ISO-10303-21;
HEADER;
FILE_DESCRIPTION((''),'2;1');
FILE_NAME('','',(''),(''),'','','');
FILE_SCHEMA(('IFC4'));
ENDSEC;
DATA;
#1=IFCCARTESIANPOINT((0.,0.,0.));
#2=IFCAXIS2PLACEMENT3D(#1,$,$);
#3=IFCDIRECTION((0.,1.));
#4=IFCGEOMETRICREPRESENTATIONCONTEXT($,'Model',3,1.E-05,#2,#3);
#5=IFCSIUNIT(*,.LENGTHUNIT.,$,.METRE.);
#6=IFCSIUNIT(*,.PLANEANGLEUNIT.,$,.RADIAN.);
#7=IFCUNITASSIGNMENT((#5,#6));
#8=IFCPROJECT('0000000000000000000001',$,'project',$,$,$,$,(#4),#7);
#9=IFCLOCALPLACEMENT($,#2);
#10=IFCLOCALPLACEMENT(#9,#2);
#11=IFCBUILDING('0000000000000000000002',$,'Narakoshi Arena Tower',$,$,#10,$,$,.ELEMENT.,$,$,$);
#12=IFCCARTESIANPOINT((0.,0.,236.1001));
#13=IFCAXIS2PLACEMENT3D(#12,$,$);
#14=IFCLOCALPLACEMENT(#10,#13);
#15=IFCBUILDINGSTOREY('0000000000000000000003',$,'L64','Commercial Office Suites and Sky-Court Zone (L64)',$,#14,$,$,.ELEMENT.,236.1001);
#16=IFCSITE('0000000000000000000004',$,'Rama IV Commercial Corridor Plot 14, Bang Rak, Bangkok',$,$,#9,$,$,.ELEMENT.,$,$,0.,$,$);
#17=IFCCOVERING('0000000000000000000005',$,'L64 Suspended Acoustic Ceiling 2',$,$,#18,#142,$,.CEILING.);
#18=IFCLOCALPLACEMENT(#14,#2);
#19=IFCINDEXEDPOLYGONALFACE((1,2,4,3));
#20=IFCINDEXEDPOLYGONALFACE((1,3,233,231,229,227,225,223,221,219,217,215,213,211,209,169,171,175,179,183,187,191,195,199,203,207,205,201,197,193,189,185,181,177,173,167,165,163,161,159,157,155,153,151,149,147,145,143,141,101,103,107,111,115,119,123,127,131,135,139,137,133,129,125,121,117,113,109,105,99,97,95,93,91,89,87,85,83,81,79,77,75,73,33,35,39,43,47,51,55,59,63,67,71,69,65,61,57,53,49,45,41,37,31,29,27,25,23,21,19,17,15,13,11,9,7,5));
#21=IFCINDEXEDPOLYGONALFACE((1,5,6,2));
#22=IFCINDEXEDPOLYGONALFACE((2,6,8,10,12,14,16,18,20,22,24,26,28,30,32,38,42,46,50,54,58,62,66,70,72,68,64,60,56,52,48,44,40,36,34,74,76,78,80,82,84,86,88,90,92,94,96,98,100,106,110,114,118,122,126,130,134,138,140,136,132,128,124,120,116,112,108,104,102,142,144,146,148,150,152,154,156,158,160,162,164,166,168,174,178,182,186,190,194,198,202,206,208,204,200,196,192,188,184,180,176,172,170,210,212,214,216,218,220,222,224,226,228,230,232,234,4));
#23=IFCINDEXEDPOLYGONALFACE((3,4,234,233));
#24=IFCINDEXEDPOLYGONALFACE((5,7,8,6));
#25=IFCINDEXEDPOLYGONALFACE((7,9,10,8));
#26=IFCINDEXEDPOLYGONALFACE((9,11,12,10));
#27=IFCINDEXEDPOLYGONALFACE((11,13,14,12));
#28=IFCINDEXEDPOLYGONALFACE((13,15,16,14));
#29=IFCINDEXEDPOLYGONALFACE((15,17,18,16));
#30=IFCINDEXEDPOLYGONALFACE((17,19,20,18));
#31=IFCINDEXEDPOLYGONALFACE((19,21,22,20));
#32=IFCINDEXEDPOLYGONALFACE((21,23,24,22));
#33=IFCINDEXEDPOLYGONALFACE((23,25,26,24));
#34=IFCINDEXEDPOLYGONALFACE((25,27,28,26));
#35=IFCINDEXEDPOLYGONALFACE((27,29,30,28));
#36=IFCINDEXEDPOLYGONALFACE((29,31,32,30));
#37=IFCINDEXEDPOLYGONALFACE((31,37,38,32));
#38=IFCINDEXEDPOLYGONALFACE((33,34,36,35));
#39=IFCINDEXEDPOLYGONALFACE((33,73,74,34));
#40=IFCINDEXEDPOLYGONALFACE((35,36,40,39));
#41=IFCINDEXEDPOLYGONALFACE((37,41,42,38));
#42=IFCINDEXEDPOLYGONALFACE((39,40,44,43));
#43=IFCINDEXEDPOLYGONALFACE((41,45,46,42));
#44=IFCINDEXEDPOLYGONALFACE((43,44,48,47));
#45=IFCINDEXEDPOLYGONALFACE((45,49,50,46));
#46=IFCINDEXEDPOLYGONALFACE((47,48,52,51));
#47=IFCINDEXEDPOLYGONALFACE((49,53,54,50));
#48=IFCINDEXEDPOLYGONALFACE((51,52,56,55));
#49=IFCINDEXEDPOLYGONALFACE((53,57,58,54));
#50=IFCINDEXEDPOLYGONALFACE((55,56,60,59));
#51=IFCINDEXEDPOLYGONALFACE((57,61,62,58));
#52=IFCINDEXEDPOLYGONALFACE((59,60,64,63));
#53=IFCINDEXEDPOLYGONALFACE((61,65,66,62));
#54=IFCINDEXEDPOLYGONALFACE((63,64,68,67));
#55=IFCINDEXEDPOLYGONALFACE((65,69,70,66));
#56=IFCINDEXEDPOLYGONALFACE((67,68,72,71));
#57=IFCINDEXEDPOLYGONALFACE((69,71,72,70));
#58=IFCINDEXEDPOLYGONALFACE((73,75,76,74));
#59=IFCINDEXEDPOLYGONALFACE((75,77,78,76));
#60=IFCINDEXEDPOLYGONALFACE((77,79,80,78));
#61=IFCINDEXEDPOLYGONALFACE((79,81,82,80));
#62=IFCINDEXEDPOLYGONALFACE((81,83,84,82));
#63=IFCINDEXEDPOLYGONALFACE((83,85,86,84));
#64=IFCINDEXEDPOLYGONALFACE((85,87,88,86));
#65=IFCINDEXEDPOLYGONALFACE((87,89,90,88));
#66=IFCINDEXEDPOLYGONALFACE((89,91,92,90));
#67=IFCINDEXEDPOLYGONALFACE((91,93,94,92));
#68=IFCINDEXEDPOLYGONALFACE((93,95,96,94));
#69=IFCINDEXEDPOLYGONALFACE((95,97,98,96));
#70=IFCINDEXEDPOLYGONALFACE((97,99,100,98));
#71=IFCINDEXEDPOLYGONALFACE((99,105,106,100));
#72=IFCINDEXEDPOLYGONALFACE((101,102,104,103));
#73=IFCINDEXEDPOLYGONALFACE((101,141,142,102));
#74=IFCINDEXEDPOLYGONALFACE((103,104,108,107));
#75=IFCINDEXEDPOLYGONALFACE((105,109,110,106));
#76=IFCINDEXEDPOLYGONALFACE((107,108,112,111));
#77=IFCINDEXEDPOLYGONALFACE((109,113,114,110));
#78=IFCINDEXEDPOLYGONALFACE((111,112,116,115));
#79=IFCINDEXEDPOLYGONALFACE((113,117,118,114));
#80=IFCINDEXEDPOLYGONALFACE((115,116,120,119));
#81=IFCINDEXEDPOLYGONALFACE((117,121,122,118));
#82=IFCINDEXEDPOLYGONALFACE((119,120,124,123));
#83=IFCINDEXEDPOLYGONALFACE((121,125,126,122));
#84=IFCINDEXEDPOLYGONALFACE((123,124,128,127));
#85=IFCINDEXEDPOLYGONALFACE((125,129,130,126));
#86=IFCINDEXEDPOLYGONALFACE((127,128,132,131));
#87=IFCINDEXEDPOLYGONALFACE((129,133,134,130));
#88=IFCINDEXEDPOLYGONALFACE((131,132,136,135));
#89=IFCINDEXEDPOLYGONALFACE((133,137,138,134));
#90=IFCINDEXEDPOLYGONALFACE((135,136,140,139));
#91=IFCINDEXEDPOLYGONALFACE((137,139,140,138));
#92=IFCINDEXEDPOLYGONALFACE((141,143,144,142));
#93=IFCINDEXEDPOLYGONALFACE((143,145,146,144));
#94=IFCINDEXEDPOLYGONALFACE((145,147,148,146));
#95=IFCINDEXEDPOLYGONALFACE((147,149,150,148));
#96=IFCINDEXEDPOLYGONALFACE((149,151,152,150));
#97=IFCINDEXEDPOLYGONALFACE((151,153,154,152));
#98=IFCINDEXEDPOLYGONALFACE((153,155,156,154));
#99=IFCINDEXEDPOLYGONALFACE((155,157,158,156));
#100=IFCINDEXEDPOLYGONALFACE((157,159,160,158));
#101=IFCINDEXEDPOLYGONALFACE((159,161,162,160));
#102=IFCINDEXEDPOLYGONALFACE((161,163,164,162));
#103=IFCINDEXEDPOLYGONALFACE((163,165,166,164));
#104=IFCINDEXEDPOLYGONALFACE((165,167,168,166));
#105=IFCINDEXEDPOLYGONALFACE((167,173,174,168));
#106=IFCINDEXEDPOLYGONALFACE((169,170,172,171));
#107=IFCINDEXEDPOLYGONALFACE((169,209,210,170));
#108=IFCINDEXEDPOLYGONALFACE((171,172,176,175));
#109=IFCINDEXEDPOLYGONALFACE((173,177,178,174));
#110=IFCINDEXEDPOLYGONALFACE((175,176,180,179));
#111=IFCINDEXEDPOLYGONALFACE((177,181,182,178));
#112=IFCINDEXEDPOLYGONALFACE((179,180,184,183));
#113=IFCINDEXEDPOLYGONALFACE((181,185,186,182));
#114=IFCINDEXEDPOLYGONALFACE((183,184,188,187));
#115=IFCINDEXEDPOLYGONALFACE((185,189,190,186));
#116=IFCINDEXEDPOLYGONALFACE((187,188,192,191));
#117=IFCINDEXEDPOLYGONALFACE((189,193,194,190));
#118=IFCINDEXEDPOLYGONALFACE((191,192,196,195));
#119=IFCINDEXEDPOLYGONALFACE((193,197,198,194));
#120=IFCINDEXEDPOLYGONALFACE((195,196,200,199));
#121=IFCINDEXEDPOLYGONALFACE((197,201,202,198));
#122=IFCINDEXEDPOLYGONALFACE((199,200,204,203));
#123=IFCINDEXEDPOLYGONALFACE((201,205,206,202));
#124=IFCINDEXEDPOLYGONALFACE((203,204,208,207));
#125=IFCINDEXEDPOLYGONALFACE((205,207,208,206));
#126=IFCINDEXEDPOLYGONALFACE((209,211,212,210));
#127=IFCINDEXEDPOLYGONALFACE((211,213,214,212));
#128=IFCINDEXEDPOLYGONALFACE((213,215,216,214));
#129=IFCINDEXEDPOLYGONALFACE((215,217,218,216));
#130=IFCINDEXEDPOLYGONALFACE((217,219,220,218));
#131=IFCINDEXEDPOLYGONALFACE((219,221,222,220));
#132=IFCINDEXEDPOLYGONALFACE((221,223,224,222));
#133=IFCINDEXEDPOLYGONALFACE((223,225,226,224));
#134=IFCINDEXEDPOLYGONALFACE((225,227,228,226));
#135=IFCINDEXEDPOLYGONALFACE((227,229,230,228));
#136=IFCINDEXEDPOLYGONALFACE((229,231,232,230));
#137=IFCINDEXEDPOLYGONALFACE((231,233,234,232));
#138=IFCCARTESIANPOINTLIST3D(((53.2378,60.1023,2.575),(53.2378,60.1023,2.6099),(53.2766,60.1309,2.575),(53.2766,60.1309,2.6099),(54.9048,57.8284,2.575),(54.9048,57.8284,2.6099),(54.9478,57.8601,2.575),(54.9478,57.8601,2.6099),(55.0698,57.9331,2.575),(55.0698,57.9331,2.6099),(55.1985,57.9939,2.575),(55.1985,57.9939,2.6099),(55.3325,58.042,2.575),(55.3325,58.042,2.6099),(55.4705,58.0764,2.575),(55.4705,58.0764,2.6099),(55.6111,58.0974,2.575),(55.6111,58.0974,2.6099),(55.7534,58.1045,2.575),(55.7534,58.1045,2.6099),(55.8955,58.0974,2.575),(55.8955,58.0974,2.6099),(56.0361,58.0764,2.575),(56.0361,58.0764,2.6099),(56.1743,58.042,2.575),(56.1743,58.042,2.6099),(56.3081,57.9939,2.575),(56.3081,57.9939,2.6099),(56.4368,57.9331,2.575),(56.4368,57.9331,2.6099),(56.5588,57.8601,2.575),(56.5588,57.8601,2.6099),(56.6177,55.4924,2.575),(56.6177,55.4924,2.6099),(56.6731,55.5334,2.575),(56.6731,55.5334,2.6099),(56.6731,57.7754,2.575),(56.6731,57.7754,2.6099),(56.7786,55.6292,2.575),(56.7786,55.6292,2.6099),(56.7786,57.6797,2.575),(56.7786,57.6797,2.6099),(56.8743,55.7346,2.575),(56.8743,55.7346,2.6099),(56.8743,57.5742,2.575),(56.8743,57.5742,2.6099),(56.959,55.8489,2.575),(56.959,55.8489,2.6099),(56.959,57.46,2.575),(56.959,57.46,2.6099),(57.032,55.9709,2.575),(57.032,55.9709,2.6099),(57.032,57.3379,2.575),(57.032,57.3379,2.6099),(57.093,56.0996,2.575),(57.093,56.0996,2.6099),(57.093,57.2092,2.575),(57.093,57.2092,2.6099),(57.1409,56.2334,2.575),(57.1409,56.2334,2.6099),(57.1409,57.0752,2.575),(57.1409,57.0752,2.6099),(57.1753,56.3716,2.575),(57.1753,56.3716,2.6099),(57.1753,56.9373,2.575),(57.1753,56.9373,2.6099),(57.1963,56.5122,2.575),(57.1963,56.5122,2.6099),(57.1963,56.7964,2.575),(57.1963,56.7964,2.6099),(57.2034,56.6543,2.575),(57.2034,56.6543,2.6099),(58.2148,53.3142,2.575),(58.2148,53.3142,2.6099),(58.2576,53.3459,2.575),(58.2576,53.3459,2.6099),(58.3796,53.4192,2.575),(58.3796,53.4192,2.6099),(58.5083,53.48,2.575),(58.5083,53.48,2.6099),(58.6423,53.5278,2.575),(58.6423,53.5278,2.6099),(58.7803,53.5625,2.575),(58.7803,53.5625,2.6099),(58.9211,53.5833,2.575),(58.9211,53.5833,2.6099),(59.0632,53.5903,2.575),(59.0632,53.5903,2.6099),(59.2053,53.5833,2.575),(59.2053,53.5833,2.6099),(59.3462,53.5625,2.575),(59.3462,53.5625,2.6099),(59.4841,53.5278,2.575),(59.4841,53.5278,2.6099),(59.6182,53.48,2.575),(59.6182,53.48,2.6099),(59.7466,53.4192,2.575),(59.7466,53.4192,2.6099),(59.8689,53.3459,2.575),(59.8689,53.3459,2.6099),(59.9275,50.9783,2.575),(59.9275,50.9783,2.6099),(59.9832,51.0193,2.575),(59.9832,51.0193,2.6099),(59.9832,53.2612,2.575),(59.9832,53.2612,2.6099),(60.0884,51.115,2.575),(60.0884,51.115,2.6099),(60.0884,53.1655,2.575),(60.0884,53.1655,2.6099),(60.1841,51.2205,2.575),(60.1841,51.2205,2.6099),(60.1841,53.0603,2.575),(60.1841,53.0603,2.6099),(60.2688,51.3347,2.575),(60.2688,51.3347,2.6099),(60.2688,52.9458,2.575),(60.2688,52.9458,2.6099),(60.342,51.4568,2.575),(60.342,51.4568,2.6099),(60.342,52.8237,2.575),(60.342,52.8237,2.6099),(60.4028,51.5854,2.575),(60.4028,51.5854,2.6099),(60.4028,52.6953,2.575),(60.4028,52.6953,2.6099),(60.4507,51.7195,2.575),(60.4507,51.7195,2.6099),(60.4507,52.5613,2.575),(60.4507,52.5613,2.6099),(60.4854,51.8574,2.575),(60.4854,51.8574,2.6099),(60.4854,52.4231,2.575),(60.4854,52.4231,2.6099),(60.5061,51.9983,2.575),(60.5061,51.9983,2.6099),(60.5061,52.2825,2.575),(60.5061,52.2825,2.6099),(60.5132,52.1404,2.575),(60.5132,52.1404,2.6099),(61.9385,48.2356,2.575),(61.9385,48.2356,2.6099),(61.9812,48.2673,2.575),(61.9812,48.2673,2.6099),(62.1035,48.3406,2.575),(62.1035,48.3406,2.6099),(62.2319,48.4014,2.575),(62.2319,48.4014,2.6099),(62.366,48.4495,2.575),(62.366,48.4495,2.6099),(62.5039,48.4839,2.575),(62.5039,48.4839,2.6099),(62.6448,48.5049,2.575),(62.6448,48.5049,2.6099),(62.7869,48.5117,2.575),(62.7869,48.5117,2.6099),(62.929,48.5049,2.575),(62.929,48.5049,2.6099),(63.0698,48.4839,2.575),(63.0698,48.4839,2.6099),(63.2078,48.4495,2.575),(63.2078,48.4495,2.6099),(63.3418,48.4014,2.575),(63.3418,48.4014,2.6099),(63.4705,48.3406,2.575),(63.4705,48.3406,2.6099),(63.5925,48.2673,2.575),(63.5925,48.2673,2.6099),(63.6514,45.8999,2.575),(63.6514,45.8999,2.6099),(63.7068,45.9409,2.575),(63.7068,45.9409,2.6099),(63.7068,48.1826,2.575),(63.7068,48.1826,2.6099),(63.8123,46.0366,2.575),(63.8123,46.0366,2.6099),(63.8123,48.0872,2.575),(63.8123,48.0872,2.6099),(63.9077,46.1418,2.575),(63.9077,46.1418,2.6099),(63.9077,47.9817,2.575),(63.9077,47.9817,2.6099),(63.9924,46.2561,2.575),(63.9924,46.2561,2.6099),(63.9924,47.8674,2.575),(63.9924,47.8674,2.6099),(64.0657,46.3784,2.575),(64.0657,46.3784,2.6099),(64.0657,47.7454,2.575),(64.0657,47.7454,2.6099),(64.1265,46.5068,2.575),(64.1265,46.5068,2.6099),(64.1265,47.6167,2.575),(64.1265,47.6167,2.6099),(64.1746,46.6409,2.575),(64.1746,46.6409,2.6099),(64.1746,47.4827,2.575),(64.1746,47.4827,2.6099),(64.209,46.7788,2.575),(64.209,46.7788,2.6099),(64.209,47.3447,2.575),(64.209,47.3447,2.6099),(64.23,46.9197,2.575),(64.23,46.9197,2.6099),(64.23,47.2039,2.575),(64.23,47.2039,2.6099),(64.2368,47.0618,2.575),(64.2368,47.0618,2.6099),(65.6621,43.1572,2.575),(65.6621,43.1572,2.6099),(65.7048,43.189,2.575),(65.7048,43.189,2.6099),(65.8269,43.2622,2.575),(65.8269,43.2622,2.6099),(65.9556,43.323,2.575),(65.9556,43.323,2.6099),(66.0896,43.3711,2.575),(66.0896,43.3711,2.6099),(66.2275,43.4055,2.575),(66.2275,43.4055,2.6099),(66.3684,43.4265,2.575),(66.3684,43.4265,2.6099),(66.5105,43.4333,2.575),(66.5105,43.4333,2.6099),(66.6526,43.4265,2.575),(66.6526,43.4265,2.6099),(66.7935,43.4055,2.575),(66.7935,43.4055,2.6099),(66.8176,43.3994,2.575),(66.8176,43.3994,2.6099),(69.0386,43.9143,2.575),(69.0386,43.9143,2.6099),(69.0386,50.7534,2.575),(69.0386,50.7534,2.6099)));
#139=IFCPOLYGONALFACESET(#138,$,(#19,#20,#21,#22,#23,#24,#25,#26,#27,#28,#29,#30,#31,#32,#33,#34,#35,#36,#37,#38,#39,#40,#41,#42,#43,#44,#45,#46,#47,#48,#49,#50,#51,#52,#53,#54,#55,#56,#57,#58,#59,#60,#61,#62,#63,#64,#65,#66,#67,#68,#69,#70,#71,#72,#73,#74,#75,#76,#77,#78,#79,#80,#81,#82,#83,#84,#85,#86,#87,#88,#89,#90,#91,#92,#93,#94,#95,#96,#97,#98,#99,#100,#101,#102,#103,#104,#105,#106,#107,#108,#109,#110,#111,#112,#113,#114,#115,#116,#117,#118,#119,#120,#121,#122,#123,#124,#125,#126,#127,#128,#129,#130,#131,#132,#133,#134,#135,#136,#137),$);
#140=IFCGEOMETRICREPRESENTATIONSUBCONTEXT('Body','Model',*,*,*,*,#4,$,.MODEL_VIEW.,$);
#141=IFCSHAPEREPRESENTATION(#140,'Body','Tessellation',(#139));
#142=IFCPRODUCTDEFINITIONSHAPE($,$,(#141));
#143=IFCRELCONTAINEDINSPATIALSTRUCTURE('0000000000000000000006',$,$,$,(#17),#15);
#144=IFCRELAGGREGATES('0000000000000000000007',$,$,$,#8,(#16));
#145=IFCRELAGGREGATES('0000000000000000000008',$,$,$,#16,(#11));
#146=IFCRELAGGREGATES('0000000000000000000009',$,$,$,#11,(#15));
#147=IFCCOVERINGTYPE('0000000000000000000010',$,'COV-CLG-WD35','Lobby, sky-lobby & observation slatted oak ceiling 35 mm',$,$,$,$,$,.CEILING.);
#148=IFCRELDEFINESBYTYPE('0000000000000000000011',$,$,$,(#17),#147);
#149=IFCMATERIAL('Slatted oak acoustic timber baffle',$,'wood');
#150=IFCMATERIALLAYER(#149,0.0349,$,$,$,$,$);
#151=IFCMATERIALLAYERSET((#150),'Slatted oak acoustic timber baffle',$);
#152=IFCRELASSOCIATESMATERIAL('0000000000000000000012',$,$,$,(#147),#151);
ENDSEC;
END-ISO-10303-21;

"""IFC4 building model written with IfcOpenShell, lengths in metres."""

from ifc_helpers import new_model, si_unit, direction, frame, origin, place, context, subcontext, project, spatial, polyline, outline, extrude, material, layer, layer_set, type_object, element, save


model = new_model("IFC4")

# Units and contexts
model_context = context("Model", 3, precision=1e-05, world=origin(), true_north=direction((0.0, 1.0)))
body_context = subcontext(model_context, "Body", "Model", "MODEL_VIEW")
ifc_project = project(units=[si_unit("LENGTHUNIT", "METRE"), si_unit("PLANEANGLEUNIT", "RADIAN")], contexts=[model_context])

# Site, building, storey
site_placement = place(None, origin())
site = spatial("IfcSite", under=ifc_project, at=site_placement, Name="Rama IV Commercial Corridor Plot 14, Bang Rak, Bangkok", CompositionType="ELEMENT", RefElevation=0.0)
building_placement = place(site_placement, origin())
building = spatial("IfcBuilding", under=site, at=building_placement, Name="Narakoshi Arena Tower", CompositionType="ELEMENT")
storey_placement = place(building_placement, frame((0.0, 0.0, 236.1001)))
storey = spatial("IfcBuildingStorey", under=building, at=storey_placement, Name="L64", Description="Commercial Office Suites and Sky-Court Zone (L64)", CompositionType="ELEMENT", Elevation=236.1001)

# Covering
ifc_material_1 = material(Name="Slatted oak acoustic timber baffle", Category="wood")
ifc_layer_1 = layer(ifc_material_1, 0.0349)
ifc_layer_set_1 = layer_set([ifc_layer_1], Name="Slatted oak acoustic timber baffle")
covering_type_1 = type_object("IfcCoveringType", Name="COV-CLG-WD35", Description="Lobby, sky-lobby & observation slatted oak ceiling 35 mm", PredefinedType="CEILING", material=ifc_layer_set_1)
covering_1_placement = place(storey_placement, frame((0.0, 0.0, 2.575)))
element("IfcCovering", 1, at=covering_1_placement, inside=storey, type_object=covering_type_1, Name="L64 Suspended Acoustic Ceiling 2", PredefinedType="CEILING", context=body_context, shape_type="SweptSolid", body=[
    extrude(outline(polyline([(66.8176, 43.3994), (66.7935, 43.4055), (66.6526, 43.4265), (66.5105, 43.4333), (66.3684, 43.4265), (66.2275, 43.4055), (66.0896, 43.3711), (65.9556, 43.323), (65.8269, 43.2622), (65.7048, 43.189), (65.6621, 43.1572), (63.6514, 45.8999), (63.7068, 45.9409), (63.8123, 46.0366), (63.9077, 46.1418), (63.9924, 46.2561), (64.0657, 46.3784), (64.1265, 46.5068), (64.1746, 46.6409), (64.209, 46.7788), (64.23, 46.9197), (64.2368, 47.0618), (64.23, 47.2039), (64.209, 47.3447), (64.1746, 47.4827), (64.1265, 47.6167), (64.0657, 47.7454), (63.9924, 47.8674), (63.9077, 47.9817), (63.8123, 48.0872), (63.7068, 48.1826), (63.5925, 48.2673), (63.4705, 48.3406), (63.3418, 48.4014), (63.2078, 48.4495), (63.0698, 48.4839), (62.929, 48.5049), (62.7869, 48.5117), (62.6448, 48.5049), (62.5039, 48.4839), (62.366, 48.4495), (62.2319, 48.4014), (62.1035, 48.3406), (61.9812, 48.2673), (61.9385, 48.2356), (59.9275, 50.9783), (59.9832, 51.0193), (60.0884, 51.115), (60.1841, 51.2205), (60.2688, 51.3347), (60.342, 51.4568), (60.4028, 51.5854), (60.4507, 51.7195), (60.4854, 51.8574), (60.5061, 51.9983), (60.5132, 52.1404), (60.5061, 52.2825), (60.4854, 52.4231), (60.4507, 52.5613), (60.4028, 52.6953), (60.342, 52.8237), (60.2688, 52.9458), (60.1841, 53.0603), (60.0884, 53.1655), (59.9832, 53.2612), (59.8689, 53.3459), (59.7466, 53.4192), (59.6182, 53.48), (59.4841, 53.5278), (59.3462, 53.5625), (59.2053, 53.5833), (59.0632, 53.5903), (58.9211, 53.5833), (58.7803, 53.5625), (58.6423, 53.5278), (58.5083, 53.48), (58.3796, 53.4192), (58.2576, 53.3459), (58.2148, 53.3142), (56.6177, 55.4924), (56.6731, 55.5334), (56.7786, 55.6292), (56.8743, 55.7346), (56.959, 55.8489), (57.032, 55.9709), (57.093, 56.0996), (57.1409, 56.2334), (57.1753, 56.3716), (57.1963, 56.5122), (57.2034, 56.6543), (57.1963, 56.7964), (57.1753, 56.9373), (57.1409, 57.0752), (57.093, 57.2092), (57.032, 57.3379), (56.959, 57.46), (56.8743, 57.5742), (56.7786, 57.6797), (56.6731, 57.7754), (56.5588, 57.8601), (56.4368, 57.9331), (56.3081, 57.9939), (56.1743, 58.042), (56.0361, 58.0764), (55.8955, 58.0974), (55.7534, 58.1045), (55.6111, 58.0974), (55.4705, 58.0764), (55.3325, 58.042), (55.1985, 57.9939), (55.0698, 57.9331), (54.9478, 57.8601), (54.9048, 57.8284), (53.2378, 60.1023), (53.2766, 60.1309), (69.0386, 50.7534), (69.0386, 43.9143), (66.8176, 43.3994)])), origin(), (0.0, 0.0, 1.0), 0.0349),
])

save(model, "model.ifc")
